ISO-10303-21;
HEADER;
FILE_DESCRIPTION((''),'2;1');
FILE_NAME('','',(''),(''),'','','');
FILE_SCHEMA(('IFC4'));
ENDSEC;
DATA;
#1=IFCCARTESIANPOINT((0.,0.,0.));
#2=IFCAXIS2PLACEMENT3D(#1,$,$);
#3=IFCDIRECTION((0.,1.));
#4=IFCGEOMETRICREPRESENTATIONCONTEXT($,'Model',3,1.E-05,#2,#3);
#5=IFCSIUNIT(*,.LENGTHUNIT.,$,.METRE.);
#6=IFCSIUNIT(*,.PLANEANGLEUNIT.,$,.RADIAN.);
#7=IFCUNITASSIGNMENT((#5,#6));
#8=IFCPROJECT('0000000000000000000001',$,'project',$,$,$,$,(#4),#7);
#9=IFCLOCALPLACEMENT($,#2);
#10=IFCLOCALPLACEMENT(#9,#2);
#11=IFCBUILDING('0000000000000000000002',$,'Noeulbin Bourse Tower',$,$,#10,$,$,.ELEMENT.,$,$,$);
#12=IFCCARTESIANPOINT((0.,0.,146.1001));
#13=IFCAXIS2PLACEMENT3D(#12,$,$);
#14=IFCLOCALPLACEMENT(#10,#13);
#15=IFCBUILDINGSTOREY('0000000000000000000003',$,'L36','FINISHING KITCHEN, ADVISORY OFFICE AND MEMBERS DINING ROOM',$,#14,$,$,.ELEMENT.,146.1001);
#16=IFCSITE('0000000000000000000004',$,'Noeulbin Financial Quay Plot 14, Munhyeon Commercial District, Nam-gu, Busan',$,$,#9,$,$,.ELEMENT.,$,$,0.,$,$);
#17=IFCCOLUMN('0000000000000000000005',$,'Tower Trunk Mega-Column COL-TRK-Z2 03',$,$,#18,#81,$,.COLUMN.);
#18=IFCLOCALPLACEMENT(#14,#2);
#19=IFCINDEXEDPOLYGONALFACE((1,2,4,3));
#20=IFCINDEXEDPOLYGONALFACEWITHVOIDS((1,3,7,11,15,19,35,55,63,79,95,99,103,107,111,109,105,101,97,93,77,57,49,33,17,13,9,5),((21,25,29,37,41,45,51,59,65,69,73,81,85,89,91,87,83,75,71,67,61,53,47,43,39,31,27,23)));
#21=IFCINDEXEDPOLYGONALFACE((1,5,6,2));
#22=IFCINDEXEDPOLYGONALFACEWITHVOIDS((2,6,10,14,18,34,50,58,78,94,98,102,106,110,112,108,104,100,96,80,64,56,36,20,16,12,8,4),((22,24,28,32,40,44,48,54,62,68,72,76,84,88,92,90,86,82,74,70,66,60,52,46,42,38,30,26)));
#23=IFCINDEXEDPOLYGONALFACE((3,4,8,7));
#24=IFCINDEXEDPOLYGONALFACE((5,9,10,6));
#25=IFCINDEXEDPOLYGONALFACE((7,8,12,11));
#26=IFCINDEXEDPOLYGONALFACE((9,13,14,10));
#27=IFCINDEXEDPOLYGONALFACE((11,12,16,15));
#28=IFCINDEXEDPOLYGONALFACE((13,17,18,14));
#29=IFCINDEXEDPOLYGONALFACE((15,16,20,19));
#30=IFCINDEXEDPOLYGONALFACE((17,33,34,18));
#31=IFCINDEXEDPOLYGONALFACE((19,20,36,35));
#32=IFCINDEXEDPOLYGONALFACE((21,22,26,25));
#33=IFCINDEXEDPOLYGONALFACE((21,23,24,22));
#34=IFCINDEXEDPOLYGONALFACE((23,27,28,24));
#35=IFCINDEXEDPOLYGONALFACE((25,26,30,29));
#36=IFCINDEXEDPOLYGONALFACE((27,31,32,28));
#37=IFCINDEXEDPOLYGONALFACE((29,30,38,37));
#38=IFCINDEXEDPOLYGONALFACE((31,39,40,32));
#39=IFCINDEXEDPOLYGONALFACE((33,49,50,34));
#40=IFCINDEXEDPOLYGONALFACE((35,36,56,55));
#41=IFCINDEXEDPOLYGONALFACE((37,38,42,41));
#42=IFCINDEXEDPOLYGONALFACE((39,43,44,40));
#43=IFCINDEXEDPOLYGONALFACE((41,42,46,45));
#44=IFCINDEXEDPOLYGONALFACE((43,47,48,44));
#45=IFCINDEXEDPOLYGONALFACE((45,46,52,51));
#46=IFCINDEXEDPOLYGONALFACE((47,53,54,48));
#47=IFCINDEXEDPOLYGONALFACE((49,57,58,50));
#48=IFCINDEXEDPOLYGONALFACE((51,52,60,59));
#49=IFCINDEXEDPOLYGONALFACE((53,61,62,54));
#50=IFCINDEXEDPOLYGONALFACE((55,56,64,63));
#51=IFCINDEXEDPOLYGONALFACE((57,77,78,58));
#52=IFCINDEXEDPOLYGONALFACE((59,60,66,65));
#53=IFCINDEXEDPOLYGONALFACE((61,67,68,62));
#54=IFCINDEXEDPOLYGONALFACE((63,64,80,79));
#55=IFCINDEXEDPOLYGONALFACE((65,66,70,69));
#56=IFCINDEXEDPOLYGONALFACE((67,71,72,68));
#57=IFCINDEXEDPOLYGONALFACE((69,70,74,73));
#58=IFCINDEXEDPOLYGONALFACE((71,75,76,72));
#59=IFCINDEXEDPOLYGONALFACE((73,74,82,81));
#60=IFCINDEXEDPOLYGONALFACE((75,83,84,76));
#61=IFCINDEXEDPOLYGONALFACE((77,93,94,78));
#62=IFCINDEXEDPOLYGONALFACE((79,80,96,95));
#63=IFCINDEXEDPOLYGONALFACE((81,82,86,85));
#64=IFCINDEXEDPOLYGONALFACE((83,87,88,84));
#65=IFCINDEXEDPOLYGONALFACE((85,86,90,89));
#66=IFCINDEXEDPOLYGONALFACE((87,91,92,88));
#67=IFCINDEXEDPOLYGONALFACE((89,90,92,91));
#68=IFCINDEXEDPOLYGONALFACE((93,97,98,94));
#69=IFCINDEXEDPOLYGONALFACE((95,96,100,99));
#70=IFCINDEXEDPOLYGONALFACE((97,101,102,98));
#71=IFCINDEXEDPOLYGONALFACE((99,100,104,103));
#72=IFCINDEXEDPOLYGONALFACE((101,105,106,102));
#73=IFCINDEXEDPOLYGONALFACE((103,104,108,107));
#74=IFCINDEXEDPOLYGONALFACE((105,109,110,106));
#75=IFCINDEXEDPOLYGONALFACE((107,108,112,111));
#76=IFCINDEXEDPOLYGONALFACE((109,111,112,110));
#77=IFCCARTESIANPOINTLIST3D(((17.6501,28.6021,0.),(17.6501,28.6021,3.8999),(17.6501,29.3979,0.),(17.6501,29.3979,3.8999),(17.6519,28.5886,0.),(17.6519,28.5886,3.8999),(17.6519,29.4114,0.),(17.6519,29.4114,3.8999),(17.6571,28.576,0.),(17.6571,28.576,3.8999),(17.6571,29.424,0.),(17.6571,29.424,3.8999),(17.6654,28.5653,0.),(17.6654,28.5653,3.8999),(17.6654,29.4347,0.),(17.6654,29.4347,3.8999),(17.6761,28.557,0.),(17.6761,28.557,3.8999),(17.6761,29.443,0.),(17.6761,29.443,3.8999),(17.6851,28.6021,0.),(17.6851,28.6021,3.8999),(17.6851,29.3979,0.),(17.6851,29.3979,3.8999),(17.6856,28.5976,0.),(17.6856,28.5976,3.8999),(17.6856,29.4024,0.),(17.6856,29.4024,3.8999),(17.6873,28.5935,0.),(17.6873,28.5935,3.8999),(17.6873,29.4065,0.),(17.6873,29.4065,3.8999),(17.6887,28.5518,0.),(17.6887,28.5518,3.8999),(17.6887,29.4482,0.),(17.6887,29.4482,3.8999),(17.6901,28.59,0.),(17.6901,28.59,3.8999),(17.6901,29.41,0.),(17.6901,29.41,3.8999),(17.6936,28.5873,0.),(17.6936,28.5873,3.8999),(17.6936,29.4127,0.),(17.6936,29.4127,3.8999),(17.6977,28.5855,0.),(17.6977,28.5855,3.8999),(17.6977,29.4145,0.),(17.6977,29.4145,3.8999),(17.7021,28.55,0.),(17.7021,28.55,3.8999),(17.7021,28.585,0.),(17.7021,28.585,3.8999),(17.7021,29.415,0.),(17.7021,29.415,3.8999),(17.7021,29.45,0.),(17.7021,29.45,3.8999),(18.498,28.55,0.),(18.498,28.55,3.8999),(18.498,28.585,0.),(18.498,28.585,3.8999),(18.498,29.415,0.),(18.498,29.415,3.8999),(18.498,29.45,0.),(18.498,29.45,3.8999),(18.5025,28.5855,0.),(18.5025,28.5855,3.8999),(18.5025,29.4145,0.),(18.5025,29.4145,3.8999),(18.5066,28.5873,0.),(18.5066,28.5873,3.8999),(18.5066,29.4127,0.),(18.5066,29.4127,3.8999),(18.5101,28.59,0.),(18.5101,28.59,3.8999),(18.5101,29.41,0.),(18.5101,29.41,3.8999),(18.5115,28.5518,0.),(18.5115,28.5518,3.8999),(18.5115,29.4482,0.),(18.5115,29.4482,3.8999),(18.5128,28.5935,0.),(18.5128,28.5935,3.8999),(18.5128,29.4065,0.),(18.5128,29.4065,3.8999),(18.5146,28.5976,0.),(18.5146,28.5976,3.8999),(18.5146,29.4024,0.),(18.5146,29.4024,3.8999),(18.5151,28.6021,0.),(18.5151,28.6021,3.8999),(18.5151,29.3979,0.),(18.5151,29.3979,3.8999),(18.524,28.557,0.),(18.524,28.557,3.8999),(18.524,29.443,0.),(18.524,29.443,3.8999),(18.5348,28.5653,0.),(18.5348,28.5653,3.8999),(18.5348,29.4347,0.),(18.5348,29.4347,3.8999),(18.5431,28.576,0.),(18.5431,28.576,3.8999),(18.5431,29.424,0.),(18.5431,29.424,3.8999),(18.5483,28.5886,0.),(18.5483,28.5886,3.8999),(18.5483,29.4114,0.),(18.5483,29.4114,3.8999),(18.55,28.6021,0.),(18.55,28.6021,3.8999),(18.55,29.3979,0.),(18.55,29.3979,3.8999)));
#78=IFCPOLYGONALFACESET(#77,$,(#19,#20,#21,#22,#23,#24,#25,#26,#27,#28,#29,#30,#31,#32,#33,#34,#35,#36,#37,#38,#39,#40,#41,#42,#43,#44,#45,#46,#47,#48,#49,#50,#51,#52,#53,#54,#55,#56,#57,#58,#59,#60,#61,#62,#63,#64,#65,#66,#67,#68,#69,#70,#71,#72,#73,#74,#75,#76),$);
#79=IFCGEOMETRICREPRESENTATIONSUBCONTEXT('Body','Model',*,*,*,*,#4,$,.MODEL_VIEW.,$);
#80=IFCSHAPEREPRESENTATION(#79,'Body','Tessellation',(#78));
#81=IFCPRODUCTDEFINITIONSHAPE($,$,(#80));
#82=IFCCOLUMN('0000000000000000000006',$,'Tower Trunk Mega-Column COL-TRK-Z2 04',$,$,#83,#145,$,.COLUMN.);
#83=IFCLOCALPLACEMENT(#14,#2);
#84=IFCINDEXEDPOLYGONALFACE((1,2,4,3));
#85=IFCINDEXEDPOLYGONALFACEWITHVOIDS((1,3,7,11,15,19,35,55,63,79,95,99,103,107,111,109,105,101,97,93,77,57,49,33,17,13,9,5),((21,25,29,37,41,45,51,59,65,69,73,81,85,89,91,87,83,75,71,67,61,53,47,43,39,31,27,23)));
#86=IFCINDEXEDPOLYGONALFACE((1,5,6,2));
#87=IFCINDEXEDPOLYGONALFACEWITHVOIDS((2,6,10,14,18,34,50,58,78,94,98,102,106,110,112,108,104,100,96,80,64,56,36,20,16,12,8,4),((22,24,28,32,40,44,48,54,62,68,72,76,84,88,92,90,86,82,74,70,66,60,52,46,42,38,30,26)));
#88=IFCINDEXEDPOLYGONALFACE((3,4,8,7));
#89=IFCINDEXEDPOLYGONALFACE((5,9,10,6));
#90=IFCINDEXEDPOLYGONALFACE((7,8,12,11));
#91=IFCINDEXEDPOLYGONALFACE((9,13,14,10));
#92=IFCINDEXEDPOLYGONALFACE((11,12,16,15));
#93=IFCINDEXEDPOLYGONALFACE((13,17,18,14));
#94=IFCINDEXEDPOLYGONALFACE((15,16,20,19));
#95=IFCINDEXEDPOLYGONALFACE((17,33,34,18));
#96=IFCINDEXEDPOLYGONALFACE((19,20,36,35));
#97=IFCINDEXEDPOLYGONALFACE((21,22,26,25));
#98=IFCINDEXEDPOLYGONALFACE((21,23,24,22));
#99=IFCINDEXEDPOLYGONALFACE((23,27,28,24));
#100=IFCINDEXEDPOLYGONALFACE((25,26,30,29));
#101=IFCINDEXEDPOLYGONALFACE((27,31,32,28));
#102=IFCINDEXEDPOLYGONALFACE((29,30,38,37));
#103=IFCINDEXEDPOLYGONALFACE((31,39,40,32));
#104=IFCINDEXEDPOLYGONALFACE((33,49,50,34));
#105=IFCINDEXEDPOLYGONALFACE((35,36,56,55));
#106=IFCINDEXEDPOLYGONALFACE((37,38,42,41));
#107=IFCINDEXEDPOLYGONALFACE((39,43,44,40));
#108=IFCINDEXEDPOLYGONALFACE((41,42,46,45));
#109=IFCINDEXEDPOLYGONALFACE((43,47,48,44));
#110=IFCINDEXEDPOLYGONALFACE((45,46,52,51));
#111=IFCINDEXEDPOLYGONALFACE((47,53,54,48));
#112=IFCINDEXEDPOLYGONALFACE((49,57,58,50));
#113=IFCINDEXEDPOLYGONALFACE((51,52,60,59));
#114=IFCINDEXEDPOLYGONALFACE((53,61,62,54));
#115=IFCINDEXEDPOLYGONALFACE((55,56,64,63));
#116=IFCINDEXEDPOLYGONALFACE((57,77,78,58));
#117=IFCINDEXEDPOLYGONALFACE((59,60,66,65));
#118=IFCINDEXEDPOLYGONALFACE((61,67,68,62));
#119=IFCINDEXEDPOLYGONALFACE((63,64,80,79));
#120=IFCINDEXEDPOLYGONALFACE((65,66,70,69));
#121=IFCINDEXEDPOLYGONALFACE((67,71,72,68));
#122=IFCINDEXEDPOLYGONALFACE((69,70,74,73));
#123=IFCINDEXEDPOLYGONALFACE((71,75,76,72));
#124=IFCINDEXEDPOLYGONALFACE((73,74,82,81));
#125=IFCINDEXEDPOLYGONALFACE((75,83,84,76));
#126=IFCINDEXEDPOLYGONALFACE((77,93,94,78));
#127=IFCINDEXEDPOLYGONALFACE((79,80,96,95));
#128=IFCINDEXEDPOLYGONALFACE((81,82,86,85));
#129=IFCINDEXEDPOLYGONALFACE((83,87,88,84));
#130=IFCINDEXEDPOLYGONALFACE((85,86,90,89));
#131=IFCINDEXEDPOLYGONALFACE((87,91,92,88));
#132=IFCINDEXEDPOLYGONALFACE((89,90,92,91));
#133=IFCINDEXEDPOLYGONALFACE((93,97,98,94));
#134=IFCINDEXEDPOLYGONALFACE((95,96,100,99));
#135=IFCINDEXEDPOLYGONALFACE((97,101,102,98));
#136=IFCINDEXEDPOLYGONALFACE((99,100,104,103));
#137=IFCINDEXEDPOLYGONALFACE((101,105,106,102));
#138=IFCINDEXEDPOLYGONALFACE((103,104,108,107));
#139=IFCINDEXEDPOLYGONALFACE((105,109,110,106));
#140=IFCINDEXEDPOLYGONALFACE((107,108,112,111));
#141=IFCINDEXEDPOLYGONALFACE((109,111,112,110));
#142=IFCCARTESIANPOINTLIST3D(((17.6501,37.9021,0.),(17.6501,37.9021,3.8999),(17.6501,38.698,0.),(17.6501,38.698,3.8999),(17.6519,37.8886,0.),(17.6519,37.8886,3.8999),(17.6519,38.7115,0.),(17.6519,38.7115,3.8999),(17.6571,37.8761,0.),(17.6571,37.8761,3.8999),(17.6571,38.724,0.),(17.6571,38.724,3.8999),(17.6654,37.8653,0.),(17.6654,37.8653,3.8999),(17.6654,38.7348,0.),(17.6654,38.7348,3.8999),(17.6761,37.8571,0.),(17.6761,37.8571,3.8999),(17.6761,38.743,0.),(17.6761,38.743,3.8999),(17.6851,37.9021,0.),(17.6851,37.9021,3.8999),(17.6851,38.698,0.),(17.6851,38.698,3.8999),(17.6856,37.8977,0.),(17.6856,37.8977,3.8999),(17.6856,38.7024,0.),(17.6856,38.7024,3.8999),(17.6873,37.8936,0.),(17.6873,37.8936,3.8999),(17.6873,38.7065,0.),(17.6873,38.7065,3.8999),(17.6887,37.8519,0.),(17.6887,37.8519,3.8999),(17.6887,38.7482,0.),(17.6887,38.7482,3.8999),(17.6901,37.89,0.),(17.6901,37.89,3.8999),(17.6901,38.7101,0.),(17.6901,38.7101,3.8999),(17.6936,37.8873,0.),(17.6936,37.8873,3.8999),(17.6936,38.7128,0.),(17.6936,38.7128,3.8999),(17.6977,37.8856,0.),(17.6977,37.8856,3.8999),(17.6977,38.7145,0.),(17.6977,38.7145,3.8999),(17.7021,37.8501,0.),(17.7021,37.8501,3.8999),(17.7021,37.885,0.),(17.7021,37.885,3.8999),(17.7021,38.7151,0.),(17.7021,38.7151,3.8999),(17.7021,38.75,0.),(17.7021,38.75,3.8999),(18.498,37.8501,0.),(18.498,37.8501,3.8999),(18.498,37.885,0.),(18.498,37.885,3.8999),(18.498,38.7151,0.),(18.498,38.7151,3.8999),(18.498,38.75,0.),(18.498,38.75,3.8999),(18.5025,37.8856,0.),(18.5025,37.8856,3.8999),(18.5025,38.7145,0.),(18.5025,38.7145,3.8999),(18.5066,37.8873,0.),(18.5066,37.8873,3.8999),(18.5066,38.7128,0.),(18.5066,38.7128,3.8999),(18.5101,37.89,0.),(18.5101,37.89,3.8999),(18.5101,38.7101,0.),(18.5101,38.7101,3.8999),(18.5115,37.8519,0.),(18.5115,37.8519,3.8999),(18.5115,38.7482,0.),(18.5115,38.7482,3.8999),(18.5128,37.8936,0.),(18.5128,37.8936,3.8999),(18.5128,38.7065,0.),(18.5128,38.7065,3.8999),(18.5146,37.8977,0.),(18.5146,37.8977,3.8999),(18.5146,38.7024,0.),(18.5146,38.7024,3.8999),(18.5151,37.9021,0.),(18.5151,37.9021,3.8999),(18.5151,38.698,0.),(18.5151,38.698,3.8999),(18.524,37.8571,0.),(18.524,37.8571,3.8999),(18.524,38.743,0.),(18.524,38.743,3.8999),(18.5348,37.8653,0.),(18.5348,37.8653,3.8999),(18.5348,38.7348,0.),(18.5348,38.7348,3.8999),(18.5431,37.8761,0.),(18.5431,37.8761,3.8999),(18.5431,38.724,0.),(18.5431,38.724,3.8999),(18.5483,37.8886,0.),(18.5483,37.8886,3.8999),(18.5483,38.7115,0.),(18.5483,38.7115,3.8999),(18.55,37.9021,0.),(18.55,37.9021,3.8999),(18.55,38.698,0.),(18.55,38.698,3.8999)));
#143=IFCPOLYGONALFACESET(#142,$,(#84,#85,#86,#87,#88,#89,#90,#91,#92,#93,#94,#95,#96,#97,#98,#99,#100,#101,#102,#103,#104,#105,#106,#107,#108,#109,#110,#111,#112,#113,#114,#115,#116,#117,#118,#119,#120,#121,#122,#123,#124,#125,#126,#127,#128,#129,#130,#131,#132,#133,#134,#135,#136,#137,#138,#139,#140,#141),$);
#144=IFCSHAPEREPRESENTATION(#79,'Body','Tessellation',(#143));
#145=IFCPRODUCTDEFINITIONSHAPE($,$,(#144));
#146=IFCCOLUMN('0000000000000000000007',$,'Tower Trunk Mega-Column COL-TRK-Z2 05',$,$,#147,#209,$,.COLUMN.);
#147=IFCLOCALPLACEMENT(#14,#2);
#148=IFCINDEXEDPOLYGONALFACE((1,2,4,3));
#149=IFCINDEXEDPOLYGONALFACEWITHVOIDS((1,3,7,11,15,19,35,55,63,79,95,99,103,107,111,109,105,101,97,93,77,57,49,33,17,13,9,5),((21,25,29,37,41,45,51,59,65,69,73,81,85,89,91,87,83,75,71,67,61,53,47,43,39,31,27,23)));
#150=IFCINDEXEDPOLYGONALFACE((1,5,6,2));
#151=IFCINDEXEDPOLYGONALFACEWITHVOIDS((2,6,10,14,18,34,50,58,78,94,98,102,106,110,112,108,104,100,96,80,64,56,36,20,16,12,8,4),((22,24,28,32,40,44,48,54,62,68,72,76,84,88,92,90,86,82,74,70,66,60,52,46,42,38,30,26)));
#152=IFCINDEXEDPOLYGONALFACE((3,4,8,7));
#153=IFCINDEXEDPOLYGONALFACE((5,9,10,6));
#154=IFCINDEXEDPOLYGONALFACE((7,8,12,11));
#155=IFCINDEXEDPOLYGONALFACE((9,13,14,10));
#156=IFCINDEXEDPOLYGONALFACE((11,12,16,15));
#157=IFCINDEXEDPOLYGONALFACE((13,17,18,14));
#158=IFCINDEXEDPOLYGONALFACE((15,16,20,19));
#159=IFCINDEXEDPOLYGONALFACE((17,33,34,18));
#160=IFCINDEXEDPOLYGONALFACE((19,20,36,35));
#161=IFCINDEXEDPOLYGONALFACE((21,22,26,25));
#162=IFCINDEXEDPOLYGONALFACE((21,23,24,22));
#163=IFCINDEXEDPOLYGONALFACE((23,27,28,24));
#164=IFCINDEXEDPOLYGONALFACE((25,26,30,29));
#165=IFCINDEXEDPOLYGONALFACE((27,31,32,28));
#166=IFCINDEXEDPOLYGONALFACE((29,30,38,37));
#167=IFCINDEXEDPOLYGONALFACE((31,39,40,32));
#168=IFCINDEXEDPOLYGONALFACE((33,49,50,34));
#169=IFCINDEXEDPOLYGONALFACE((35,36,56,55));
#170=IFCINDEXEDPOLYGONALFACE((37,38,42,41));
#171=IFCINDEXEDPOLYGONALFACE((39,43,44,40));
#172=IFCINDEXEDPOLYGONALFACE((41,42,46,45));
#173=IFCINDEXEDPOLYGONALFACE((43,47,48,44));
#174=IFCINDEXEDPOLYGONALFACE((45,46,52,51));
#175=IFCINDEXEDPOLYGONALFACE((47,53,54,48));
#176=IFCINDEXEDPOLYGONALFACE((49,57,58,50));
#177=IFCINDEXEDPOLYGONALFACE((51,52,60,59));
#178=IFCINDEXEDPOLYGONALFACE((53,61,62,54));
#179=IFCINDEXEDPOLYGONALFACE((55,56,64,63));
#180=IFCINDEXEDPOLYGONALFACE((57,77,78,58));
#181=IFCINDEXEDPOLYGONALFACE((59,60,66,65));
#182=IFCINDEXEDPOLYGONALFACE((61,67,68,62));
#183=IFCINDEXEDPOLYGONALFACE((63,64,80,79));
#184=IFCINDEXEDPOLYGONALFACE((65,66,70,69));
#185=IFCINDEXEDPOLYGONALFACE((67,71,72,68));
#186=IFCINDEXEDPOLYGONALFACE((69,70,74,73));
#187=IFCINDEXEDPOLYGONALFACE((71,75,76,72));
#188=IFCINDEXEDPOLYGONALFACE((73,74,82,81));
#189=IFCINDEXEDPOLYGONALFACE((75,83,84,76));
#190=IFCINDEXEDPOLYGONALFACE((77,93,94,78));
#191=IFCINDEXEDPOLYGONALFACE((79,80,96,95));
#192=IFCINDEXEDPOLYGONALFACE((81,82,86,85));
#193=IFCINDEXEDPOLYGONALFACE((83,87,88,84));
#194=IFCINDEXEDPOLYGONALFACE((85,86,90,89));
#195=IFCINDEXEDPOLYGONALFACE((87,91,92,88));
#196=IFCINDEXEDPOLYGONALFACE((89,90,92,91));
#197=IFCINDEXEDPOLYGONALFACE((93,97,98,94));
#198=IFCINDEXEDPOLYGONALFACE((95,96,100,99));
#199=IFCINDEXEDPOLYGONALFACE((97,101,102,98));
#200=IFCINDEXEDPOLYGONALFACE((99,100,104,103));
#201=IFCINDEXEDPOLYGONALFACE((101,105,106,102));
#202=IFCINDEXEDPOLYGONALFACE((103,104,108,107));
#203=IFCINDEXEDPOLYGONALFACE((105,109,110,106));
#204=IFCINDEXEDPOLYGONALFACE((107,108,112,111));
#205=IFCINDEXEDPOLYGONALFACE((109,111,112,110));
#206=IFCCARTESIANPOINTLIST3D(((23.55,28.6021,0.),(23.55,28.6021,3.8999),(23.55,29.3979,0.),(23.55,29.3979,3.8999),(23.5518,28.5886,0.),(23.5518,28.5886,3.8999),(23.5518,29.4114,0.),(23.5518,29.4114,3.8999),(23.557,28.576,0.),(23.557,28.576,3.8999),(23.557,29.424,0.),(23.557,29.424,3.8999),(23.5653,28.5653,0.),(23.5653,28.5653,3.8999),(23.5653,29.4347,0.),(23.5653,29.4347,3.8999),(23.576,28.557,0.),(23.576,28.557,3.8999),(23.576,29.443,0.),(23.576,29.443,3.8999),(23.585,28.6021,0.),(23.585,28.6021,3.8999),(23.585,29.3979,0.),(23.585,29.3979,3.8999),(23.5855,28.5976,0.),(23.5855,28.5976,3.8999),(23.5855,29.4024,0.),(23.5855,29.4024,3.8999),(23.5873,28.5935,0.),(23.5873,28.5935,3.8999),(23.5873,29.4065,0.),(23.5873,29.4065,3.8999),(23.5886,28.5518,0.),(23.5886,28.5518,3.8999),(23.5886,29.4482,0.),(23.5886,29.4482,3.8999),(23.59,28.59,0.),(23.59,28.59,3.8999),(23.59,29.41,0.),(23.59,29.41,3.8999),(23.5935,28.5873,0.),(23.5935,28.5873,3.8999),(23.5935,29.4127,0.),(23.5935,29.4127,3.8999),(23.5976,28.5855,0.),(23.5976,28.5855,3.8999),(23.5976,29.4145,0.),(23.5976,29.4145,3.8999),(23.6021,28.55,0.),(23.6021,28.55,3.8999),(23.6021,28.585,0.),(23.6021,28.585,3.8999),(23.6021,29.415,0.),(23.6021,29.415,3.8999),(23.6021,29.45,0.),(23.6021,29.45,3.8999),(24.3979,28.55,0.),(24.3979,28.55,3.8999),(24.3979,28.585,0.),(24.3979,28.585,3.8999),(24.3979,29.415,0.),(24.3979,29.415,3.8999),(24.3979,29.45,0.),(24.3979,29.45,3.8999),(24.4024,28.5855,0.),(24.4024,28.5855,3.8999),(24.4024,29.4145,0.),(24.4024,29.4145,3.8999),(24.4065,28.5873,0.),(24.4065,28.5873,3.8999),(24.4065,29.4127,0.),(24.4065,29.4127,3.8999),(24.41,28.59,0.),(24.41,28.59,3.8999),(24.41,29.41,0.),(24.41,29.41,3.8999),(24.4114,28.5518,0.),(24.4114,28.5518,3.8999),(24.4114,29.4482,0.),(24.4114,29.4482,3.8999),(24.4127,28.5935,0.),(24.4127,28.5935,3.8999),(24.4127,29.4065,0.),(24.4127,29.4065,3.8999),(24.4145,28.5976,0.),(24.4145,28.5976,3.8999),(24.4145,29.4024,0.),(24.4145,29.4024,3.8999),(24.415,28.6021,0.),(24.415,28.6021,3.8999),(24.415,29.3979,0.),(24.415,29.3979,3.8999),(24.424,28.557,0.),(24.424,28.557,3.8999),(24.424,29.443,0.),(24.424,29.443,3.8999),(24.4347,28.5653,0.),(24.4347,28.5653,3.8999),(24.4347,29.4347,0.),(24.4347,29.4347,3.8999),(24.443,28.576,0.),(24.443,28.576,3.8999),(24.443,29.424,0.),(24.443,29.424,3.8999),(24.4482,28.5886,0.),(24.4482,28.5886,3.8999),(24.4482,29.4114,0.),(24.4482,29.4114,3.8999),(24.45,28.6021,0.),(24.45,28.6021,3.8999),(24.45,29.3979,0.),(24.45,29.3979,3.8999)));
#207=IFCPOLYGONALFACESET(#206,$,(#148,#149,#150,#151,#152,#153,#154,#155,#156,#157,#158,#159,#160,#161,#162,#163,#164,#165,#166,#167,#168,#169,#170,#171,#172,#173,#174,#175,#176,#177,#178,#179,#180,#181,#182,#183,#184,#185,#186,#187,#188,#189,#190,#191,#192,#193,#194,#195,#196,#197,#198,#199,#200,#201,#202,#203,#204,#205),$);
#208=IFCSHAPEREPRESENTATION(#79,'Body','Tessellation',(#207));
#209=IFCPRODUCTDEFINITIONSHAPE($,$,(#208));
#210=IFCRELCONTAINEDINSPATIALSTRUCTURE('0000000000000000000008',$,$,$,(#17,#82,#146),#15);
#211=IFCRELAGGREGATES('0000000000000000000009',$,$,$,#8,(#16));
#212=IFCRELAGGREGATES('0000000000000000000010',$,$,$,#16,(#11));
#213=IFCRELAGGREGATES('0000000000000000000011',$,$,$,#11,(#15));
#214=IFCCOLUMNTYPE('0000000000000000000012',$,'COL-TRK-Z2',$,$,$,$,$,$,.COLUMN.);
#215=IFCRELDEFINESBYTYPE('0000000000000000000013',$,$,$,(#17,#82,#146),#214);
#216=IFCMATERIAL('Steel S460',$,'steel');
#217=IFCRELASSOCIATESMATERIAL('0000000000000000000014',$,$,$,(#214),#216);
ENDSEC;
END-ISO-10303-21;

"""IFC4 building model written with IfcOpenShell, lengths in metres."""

from ifc_helpers import new_model, si_unit, direction, frame, origin, origin_2d, place, context, subcontext, project, spatial, hollow_rectangle, extrude, material, material_profile, profile_set, type_object, element, save


model = new_model("IFC4")

# Units and contexts
model_context = context("Model", 3, precision=1e-05, world=origin(), true_north=direction((0.0, 1.0)))
body_context = subcontext(model_context, "Body", "Model", "MODEL_VIEW")
ifc_project = project(units=[si_unit("LENGTHUNIT", "METRE"), si_unit("PLANEANGLEUNIT", "RADIAN")], contexts=[model_context])

# Site, building, storey
site_placement = place(None, origin())
site = spatial("IfcSite", under=ifc_project, at=site_placement, Name="Noeulbin Financial Quay Plot 14, Munhyeon Commercial District, Nam-gu, Busan", CompositionType="ELEMENT", RefElevation=0.0)
building_placement = place(site_placement, origin())
building = spatial("IfcBuilding", under=site, at=building_placement, Name="Noeulbin Bourse Tower", CompositionType="ELEMENT")
storey_placement = place(building_placement, frame((0.0, 0.0, 146.1001)))
storey = spatial("IfcBuildingStorey", under=building, at=storey_placement, Name="L36", Description="FINISHING KITCHEN, ADVISORY OFFICE AND MEMBERS DINING ROOM", CompositionType="ELEMENT", Elevation=146.1001)

# Columns
ifc_material_1 = material(Name="Steel S460", Category="steel")
ifc_material_profile_1 = material_profile(ifc_material_1, hollow_rectangle(XDim=0.8999, YDim=0.8999, WallThickness=0.0349, InnerFilletRadius=0.0171, OuterFilletRadius=0.052, at=origin_2d()), Name="BOX-900x900x35", Category="LoadBearing")
ifc_profile_set_1 = profile_set([ifc_material_profile_1], Name="Steel S460")
column_type = type_object("IfcColumnType", Name="COL-TRK-Z2", PredefinedType="COLUMN", material=ifc_profile_set_1)
for number, where, z_axis, x_axis, name in (
    (1, (18.1001, 29.0, 0.0), (0.0, 0.0, 1.0), (1.0, 0.0, 0.0), "Tower Trunk Mega-Column COL-TRK-Z2 03"),
    (2, (18.1001, 38.3, 0.0), (0.0, 0.0, 1.0), (1.0, 0.0, 0.0), "Tower Trunk Mega-Column COL-TRK-Z2 04"),
    (3, (24.0, 29.0, 0.0), (0.0, 0.0, 1.0), (1.0, 0.0, 0.0), "Tower Trunk Mega-Column COL-TRK-Z2 05"),
):
    element("IfcColumn", number, at=place(storey_placement, frame(where, z_axis=z_axis, x_axis=x_axis)), inside=storey, type_object=column_type, Name=name, PredefinedType="COLUMN", context=body_context, shape_type="SweptSolid", body=[
        extrude(hollow_rectangle(XDim=0.8999, YDim=0.8999, WallThickness=0.0349, InnerFilletRadius=0.0171, OuterFilletRadius=0.052, at=origin_2d()), origin(), (0.0, 0.0, 1.0), 3.8999),
    ])

save(model, "model.ifc")
